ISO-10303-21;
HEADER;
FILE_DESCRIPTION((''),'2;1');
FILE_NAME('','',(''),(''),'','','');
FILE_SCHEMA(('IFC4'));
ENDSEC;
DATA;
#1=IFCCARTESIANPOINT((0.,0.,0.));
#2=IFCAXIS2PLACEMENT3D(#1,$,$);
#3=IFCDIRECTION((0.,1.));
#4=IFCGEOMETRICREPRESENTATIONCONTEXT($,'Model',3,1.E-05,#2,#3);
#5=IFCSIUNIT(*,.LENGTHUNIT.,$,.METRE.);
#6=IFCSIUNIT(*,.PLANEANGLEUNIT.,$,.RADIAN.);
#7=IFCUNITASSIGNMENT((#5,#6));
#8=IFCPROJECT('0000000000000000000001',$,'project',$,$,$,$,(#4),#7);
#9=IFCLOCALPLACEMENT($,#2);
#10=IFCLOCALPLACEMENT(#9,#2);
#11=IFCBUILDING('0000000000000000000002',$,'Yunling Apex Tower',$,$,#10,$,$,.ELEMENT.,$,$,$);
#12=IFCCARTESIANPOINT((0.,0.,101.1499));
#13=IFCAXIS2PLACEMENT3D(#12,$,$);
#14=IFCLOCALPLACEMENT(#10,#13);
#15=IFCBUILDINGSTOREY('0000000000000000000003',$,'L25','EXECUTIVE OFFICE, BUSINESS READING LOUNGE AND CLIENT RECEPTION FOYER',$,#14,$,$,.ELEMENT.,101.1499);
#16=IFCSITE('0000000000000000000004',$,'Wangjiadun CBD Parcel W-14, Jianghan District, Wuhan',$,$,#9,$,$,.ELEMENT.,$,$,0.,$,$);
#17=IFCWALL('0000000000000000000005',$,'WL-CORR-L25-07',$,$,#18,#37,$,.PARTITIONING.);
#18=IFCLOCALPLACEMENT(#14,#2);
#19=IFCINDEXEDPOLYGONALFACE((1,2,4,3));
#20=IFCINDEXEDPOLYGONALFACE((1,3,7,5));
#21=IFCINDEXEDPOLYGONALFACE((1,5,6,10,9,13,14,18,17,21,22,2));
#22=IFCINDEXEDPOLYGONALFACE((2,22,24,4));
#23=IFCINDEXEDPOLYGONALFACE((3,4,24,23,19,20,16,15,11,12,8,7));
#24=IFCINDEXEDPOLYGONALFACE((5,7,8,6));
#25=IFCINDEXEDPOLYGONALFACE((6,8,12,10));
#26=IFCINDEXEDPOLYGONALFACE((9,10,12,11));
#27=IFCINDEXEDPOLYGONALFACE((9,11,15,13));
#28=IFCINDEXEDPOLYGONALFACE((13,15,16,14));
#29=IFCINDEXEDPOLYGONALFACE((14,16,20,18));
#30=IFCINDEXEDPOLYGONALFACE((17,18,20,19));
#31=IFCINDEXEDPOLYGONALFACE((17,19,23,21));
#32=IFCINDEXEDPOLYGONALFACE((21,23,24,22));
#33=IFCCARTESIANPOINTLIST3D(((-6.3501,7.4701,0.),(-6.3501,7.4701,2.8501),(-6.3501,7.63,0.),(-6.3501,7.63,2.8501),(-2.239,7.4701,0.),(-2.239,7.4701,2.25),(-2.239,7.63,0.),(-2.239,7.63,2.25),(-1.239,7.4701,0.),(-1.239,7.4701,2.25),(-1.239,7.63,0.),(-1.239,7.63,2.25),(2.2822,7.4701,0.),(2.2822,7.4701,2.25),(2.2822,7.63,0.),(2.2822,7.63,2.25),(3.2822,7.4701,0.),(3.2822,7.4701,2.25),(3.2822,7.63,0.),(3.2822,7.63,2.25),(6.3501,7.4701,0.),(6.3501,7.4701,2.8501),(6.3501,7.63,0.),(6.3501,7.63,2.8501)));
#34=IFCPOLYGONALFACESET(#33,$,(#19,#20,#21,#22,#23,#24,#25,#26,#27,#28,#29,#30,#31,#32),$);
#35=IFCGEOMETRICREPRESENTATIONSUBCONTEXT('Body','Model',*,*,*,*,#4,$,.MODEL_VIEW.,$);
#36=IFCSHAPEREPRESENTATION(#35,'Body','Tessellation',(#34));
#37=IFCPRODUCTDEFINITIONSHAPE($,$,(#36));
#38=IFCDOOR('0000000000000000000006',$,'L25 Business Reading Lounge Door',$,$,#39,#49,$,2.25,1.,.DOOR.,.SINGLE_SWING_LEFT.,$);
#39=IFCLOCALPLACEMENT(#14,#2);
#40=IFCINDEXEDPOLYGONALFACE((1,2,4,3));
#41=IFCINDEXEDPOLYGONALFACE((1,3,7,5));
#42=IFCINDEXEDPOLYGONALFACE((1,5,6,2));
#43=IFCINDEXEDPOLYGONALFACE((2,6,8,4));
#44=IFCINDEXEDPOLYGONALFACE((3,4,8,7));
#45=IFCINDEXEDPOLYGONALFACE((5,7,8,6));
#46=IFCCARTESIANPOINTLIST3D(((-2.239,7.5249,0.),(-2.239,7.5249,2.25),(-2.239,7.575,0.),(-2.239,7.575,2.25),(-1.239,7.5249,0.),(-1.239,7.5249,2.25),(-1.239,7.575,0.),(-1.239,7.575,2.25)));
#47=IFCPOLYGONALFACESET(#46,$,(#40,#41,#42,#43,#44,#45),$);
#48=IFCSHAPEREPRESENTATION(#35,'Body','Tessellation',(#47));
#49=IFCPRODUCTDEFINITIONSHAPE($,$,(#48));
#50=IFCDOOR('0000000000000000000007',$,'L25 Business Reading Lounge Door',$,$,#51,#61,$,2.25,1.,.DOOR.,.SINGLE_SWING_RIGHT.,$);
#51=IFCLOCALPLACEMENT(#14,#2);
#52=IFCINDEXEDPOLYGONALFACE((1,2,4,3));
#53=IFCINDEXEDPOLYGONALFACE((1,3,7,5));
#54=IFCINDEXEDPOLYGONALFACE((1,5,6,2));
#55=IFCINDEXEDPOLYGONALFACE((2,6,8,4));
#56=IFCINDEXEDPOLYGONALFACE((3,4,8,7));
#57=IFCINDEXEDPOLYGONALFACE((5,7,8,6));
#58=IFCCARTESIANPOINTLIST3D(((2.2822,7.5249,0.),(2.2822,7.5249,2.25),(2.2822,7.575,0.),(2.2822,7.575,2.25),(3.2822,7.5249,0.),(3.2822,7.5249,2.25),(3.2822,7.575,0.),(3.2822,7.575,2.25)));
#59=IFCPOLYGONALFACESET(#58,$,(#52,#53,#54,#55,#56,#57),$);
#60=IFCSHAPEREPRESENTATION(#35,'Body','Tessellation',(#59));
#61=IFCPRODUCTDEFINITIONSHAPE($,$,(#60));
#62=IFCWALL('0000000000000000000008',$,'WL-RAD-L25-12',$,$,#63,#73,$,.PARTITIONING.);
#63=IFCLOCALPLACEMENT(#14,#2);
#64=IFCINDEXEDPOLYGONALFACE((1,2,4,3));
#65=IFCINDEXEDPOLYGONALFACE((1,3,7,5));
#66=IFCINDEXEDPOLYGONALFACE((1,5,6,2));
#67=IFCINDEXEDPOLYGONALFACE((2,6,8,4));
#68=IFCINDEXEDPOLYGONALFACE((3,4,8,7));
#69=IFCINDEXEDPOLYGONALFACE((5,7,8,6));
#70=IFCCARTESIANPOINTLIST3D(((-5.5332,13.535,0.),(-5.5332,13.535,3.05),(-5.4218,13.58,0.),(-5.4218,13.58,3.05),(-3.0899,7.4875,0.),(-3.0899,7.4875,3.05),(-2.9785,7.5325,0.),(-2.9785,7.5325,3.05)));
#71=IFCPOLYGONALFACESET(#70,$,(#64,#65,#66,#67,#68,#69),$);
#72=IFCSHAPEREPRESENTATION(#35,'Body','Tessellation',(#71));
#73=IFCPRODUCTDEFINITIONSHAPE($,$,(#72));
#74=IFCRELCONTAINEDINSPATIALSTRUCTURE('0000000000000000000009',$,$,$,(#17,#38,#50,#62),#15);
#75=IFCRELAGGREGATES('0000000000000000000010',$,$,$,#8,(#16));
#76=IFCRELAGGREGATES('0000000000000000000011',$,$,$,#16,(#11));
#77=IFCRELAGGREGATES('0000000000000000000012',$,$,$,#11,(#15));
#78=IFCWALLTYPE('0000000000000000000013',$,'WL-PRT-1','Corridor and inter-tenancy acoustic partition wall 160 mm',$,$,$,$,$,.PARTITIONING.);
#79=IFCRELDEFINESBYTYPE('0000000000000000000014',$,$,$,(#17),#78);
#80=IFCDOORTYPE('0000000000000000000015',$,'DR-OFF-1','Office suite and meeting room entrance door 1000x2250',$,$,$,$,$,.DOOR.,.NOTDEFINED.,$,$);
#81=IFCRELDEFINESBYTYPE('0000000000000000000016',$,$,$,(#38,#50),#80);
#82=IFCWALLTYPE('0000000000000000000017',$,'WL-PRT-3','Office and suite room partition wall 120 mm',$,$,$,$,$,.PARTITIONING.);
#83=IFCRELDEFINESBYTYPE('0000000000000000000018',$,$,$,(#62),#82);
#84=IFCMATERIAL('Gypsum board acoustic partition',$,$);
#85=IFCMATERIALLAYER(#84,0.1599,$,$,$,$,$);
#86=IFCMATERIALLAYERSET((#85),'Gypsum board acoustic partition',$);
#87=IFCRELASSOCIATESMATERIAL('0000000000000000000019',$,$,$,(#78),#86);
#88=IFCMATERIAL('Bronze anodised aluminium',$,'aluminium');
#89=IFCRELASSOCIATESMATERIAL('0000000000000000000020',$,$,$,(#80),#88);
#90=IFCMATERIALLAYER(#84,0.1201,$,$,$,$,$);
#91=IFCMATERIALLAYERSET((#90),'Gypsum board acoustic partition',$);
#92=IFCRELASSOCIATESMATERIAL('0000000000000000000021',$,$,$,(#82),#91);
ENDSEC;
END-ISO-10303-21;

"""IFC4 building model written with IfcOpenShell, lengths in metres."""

from ifc_helpers import new_model, si_unit, direction, frame, frame_2d, origin, place, context, subcontext, project, spatial, rectangle, extrude, material, layer, layer_set, type_object, element, fill, save


model = new_model("IFC4")

# Units and contexts
model_context = context("Model", 3, precision=1e-05, world=origin(), true_north=direction((0.0, 1.0)))
body_context = subcontext(model_context, "Body", "Model", "MODEL_VIEW")
ifc_project = project(units=[si_unit("LENGTHUNIT", "METRE"), si_unit("PLANEANGLEUNIT", "RADIAN")], contexts=[model_context])

# Site, building, storey
site_placement = place(None, origin())
site = spatial("IfcSite", under=ifc_project, at=site_placement, Name="Wangjiadun CBD Parcel W-14, Jianghan District, Wuhan", CompositionType="ELEMENT", RefElevation=0.0)
building_placement = place(site_placement, origin())
building = spatial("IfcBuilding", under=site, at=building_placement, Name="Yunling Apex Tower", CompositionType="ELEMENT")
storey_placement = place(building_placement, frame((0.0, 0.0, 101.1499)))
storey = spatial("IfcBuildingStorey", under=building, at=storey_placement, Name="L25", Description="EXECUTIVE OFFICE, BUSINESS READING LOUNGE AND CLIENT RECEPTION FOYER", CompositionType="ELEMENT", Elevation=101.1499)

# Shared definitions
ifc_material_1 = material(Name="Bronze anodised aluminium", Category="aluminium")

# Shared definitions
ifc_material_2 = material(Name="Gypsum board acoustic partition")
ifc_layer_1 = layer(ifc_material_2, 0.1599)
ifc_layer_set_1 = layer_set([ifc_layer_1], Name="Gypsum board acoustic partition")
wall_type_1 = type_object("IfcWallType", Name="WL-PRT-1", Description="Corridor and inter-tenancy acoustic partition wall 160 mm", PredefinedType="PARTITIONING", material=ifc_layer_set_1)

# Wall, openings, doors
wall_1_placement = place(storey_placement, frame((-6.3501, 7.55, 0.0), z_axis=(0.0, 0.0, 1.0), x_axis=(1.0, 0.0, 0.0)))
wall_1 = element("IfcWall", 1, at=wall_1_placement, inside=storey, type_object=wall_type_1, Name="WL-CORR-L25-07", PredefinedType="PARTITIONING", context=body_context, shape_type="SweptSolid", body=[
    extrude(rectangle(XDim=12.7002, YDim=0.1599, at=frame_2d((6.3501, 0.0))), origin(), (0.0, 0.0, 1.0), 2.8501),
])
opening_1_placement = place(wall_1_placement, frame((4.1111, 0.0, 0.0)))
opening_1 = element("IfcOpeningElement", 2, at=opening_1_placement, cuts=wall_1, PredefinedType="OPENING", context=body_context, shape_type="SweptSolid", body=[
    extrude(rectangle(XDim=1.0, YDim=2.25, at=frame_2d((0.5, 1.125))), frame((0.0, 0.0898, 0.0), z_axis=(0.0, -1.0, 0.0), x_axis=(1.0, 0.0, 0.0)), (0.0, 0.0, 1.0), 0.1799),
])
opening_2_placement = place(wall_1_placement, frame((8.6323, 0.0, 0.0)))
opening_2 = element("IfcOpeningElement", 3, at=opening_2_placement, cuts=wall_1, PredefinedType="OPENING", context=body_context, shape_type="SweptSolid", body=[
    extrude(rectangle(XDim=1.0, YDim=2.25, at=frame_2d((0.5, 1.125))), frame((0.0, 0.0898, 0.0), z_axis=(0.0, -1.0, 0.0), x_axis=(1.0, 0.0, 0.0)), (0.0, 0.0, 1.0), 0.1799),
])
door_type = type_object("IfcDoorType", Name="DR-OFF-1", Description="Office suite and meeting room entrance door 1000x2250", OperationType="NOTDEFINED", PredefinedType="DOOR", material=ifc_material_1)
door_1_placement = place(opening_1_placement, origin())
door_1 = element("IfcDoor", 4, at=door_1_placement, inside=storey, type_object=door_type, Name="L25 Business Reading Lounge Door", OperationType="SINGLE_SWING_LEFT", OverallHeight=2.25, OverallWidth=1.0, PredefinedType="DOOR", context=body_context, shape_type="SweptSolid", body=[
    extrude(rectangle(XDim=1.0, YDim=2.25, at=frame_2d((0.5, 1.125))), frame((0.0, 0.0249, 0.0), z_axis=(0.0, -1.0, 0.0), x_axis=(1.0, 0.0, 0.0)), (0.0, 0.0, 1.0), 0.05),
])
fill(opening_1, door_1)
door_2_placement = place(opening_2_placement, origin())
door_2 = element("IfcDoor", 5, at=door_2_placement, inside=storey, type_object=door_type, Name="L25 Business Reading Lounge Door", OperationType="SINGLE_SWING_RIGHT", OverallHeight=2.25, OverallWidth=1.0, PredefinedType="DOOR", context=body_context, shape_type="SweptSolid", body=[
    extrude(rectangle(XDim=1.0, YDim=2.25, at=frame_2d((0.5, 1.125))), frame((0.0, 0.0249, 0.0), z_axis=(0.0, -1.0, 0.0), x_axis=(1.0, 0.0, 0.0)), (0.0, 0.0, 1.0), 0.05),
])
fill(opening_2, door_2)

# Wall
ifc_layer_2 = layer(ifc_material_2, 0.1201)
ifc_layer_set_2 = layer_set([ifc_layer_2], Name="Gypsum board acoustic partition")
wall_type_2 = type_object("IfcWallType", Name="WL-PRT-3", Description="Office and suite room partition wall 120 mm", PredefinedType="PARTITIONING", material=ifc_layer_set_2)
wall_2_placement = place(storey_placement, frame((-3.0342, 7.51, 0.0), z_axis=(0.0, 0.0, 1.0), x_axis=(-0.374602, 0.927186, 0.0)))
element("IfcWall", 6, at=wall_2_placement, inside=storey, type_object=wall_type_2, Name="WL-RAD-L25-12", PredefinedType="PARTITIONING", context=body_context, shape_type="SweptSolid", body=[
    extrude(rectangle(XDim=6.5225, YDim=0.1201, at=frame_2d((3.2612, 0.0))), origin(), (0.0, 0.0, 1.0), 3.05),
])

save(model, "model.ifc")
